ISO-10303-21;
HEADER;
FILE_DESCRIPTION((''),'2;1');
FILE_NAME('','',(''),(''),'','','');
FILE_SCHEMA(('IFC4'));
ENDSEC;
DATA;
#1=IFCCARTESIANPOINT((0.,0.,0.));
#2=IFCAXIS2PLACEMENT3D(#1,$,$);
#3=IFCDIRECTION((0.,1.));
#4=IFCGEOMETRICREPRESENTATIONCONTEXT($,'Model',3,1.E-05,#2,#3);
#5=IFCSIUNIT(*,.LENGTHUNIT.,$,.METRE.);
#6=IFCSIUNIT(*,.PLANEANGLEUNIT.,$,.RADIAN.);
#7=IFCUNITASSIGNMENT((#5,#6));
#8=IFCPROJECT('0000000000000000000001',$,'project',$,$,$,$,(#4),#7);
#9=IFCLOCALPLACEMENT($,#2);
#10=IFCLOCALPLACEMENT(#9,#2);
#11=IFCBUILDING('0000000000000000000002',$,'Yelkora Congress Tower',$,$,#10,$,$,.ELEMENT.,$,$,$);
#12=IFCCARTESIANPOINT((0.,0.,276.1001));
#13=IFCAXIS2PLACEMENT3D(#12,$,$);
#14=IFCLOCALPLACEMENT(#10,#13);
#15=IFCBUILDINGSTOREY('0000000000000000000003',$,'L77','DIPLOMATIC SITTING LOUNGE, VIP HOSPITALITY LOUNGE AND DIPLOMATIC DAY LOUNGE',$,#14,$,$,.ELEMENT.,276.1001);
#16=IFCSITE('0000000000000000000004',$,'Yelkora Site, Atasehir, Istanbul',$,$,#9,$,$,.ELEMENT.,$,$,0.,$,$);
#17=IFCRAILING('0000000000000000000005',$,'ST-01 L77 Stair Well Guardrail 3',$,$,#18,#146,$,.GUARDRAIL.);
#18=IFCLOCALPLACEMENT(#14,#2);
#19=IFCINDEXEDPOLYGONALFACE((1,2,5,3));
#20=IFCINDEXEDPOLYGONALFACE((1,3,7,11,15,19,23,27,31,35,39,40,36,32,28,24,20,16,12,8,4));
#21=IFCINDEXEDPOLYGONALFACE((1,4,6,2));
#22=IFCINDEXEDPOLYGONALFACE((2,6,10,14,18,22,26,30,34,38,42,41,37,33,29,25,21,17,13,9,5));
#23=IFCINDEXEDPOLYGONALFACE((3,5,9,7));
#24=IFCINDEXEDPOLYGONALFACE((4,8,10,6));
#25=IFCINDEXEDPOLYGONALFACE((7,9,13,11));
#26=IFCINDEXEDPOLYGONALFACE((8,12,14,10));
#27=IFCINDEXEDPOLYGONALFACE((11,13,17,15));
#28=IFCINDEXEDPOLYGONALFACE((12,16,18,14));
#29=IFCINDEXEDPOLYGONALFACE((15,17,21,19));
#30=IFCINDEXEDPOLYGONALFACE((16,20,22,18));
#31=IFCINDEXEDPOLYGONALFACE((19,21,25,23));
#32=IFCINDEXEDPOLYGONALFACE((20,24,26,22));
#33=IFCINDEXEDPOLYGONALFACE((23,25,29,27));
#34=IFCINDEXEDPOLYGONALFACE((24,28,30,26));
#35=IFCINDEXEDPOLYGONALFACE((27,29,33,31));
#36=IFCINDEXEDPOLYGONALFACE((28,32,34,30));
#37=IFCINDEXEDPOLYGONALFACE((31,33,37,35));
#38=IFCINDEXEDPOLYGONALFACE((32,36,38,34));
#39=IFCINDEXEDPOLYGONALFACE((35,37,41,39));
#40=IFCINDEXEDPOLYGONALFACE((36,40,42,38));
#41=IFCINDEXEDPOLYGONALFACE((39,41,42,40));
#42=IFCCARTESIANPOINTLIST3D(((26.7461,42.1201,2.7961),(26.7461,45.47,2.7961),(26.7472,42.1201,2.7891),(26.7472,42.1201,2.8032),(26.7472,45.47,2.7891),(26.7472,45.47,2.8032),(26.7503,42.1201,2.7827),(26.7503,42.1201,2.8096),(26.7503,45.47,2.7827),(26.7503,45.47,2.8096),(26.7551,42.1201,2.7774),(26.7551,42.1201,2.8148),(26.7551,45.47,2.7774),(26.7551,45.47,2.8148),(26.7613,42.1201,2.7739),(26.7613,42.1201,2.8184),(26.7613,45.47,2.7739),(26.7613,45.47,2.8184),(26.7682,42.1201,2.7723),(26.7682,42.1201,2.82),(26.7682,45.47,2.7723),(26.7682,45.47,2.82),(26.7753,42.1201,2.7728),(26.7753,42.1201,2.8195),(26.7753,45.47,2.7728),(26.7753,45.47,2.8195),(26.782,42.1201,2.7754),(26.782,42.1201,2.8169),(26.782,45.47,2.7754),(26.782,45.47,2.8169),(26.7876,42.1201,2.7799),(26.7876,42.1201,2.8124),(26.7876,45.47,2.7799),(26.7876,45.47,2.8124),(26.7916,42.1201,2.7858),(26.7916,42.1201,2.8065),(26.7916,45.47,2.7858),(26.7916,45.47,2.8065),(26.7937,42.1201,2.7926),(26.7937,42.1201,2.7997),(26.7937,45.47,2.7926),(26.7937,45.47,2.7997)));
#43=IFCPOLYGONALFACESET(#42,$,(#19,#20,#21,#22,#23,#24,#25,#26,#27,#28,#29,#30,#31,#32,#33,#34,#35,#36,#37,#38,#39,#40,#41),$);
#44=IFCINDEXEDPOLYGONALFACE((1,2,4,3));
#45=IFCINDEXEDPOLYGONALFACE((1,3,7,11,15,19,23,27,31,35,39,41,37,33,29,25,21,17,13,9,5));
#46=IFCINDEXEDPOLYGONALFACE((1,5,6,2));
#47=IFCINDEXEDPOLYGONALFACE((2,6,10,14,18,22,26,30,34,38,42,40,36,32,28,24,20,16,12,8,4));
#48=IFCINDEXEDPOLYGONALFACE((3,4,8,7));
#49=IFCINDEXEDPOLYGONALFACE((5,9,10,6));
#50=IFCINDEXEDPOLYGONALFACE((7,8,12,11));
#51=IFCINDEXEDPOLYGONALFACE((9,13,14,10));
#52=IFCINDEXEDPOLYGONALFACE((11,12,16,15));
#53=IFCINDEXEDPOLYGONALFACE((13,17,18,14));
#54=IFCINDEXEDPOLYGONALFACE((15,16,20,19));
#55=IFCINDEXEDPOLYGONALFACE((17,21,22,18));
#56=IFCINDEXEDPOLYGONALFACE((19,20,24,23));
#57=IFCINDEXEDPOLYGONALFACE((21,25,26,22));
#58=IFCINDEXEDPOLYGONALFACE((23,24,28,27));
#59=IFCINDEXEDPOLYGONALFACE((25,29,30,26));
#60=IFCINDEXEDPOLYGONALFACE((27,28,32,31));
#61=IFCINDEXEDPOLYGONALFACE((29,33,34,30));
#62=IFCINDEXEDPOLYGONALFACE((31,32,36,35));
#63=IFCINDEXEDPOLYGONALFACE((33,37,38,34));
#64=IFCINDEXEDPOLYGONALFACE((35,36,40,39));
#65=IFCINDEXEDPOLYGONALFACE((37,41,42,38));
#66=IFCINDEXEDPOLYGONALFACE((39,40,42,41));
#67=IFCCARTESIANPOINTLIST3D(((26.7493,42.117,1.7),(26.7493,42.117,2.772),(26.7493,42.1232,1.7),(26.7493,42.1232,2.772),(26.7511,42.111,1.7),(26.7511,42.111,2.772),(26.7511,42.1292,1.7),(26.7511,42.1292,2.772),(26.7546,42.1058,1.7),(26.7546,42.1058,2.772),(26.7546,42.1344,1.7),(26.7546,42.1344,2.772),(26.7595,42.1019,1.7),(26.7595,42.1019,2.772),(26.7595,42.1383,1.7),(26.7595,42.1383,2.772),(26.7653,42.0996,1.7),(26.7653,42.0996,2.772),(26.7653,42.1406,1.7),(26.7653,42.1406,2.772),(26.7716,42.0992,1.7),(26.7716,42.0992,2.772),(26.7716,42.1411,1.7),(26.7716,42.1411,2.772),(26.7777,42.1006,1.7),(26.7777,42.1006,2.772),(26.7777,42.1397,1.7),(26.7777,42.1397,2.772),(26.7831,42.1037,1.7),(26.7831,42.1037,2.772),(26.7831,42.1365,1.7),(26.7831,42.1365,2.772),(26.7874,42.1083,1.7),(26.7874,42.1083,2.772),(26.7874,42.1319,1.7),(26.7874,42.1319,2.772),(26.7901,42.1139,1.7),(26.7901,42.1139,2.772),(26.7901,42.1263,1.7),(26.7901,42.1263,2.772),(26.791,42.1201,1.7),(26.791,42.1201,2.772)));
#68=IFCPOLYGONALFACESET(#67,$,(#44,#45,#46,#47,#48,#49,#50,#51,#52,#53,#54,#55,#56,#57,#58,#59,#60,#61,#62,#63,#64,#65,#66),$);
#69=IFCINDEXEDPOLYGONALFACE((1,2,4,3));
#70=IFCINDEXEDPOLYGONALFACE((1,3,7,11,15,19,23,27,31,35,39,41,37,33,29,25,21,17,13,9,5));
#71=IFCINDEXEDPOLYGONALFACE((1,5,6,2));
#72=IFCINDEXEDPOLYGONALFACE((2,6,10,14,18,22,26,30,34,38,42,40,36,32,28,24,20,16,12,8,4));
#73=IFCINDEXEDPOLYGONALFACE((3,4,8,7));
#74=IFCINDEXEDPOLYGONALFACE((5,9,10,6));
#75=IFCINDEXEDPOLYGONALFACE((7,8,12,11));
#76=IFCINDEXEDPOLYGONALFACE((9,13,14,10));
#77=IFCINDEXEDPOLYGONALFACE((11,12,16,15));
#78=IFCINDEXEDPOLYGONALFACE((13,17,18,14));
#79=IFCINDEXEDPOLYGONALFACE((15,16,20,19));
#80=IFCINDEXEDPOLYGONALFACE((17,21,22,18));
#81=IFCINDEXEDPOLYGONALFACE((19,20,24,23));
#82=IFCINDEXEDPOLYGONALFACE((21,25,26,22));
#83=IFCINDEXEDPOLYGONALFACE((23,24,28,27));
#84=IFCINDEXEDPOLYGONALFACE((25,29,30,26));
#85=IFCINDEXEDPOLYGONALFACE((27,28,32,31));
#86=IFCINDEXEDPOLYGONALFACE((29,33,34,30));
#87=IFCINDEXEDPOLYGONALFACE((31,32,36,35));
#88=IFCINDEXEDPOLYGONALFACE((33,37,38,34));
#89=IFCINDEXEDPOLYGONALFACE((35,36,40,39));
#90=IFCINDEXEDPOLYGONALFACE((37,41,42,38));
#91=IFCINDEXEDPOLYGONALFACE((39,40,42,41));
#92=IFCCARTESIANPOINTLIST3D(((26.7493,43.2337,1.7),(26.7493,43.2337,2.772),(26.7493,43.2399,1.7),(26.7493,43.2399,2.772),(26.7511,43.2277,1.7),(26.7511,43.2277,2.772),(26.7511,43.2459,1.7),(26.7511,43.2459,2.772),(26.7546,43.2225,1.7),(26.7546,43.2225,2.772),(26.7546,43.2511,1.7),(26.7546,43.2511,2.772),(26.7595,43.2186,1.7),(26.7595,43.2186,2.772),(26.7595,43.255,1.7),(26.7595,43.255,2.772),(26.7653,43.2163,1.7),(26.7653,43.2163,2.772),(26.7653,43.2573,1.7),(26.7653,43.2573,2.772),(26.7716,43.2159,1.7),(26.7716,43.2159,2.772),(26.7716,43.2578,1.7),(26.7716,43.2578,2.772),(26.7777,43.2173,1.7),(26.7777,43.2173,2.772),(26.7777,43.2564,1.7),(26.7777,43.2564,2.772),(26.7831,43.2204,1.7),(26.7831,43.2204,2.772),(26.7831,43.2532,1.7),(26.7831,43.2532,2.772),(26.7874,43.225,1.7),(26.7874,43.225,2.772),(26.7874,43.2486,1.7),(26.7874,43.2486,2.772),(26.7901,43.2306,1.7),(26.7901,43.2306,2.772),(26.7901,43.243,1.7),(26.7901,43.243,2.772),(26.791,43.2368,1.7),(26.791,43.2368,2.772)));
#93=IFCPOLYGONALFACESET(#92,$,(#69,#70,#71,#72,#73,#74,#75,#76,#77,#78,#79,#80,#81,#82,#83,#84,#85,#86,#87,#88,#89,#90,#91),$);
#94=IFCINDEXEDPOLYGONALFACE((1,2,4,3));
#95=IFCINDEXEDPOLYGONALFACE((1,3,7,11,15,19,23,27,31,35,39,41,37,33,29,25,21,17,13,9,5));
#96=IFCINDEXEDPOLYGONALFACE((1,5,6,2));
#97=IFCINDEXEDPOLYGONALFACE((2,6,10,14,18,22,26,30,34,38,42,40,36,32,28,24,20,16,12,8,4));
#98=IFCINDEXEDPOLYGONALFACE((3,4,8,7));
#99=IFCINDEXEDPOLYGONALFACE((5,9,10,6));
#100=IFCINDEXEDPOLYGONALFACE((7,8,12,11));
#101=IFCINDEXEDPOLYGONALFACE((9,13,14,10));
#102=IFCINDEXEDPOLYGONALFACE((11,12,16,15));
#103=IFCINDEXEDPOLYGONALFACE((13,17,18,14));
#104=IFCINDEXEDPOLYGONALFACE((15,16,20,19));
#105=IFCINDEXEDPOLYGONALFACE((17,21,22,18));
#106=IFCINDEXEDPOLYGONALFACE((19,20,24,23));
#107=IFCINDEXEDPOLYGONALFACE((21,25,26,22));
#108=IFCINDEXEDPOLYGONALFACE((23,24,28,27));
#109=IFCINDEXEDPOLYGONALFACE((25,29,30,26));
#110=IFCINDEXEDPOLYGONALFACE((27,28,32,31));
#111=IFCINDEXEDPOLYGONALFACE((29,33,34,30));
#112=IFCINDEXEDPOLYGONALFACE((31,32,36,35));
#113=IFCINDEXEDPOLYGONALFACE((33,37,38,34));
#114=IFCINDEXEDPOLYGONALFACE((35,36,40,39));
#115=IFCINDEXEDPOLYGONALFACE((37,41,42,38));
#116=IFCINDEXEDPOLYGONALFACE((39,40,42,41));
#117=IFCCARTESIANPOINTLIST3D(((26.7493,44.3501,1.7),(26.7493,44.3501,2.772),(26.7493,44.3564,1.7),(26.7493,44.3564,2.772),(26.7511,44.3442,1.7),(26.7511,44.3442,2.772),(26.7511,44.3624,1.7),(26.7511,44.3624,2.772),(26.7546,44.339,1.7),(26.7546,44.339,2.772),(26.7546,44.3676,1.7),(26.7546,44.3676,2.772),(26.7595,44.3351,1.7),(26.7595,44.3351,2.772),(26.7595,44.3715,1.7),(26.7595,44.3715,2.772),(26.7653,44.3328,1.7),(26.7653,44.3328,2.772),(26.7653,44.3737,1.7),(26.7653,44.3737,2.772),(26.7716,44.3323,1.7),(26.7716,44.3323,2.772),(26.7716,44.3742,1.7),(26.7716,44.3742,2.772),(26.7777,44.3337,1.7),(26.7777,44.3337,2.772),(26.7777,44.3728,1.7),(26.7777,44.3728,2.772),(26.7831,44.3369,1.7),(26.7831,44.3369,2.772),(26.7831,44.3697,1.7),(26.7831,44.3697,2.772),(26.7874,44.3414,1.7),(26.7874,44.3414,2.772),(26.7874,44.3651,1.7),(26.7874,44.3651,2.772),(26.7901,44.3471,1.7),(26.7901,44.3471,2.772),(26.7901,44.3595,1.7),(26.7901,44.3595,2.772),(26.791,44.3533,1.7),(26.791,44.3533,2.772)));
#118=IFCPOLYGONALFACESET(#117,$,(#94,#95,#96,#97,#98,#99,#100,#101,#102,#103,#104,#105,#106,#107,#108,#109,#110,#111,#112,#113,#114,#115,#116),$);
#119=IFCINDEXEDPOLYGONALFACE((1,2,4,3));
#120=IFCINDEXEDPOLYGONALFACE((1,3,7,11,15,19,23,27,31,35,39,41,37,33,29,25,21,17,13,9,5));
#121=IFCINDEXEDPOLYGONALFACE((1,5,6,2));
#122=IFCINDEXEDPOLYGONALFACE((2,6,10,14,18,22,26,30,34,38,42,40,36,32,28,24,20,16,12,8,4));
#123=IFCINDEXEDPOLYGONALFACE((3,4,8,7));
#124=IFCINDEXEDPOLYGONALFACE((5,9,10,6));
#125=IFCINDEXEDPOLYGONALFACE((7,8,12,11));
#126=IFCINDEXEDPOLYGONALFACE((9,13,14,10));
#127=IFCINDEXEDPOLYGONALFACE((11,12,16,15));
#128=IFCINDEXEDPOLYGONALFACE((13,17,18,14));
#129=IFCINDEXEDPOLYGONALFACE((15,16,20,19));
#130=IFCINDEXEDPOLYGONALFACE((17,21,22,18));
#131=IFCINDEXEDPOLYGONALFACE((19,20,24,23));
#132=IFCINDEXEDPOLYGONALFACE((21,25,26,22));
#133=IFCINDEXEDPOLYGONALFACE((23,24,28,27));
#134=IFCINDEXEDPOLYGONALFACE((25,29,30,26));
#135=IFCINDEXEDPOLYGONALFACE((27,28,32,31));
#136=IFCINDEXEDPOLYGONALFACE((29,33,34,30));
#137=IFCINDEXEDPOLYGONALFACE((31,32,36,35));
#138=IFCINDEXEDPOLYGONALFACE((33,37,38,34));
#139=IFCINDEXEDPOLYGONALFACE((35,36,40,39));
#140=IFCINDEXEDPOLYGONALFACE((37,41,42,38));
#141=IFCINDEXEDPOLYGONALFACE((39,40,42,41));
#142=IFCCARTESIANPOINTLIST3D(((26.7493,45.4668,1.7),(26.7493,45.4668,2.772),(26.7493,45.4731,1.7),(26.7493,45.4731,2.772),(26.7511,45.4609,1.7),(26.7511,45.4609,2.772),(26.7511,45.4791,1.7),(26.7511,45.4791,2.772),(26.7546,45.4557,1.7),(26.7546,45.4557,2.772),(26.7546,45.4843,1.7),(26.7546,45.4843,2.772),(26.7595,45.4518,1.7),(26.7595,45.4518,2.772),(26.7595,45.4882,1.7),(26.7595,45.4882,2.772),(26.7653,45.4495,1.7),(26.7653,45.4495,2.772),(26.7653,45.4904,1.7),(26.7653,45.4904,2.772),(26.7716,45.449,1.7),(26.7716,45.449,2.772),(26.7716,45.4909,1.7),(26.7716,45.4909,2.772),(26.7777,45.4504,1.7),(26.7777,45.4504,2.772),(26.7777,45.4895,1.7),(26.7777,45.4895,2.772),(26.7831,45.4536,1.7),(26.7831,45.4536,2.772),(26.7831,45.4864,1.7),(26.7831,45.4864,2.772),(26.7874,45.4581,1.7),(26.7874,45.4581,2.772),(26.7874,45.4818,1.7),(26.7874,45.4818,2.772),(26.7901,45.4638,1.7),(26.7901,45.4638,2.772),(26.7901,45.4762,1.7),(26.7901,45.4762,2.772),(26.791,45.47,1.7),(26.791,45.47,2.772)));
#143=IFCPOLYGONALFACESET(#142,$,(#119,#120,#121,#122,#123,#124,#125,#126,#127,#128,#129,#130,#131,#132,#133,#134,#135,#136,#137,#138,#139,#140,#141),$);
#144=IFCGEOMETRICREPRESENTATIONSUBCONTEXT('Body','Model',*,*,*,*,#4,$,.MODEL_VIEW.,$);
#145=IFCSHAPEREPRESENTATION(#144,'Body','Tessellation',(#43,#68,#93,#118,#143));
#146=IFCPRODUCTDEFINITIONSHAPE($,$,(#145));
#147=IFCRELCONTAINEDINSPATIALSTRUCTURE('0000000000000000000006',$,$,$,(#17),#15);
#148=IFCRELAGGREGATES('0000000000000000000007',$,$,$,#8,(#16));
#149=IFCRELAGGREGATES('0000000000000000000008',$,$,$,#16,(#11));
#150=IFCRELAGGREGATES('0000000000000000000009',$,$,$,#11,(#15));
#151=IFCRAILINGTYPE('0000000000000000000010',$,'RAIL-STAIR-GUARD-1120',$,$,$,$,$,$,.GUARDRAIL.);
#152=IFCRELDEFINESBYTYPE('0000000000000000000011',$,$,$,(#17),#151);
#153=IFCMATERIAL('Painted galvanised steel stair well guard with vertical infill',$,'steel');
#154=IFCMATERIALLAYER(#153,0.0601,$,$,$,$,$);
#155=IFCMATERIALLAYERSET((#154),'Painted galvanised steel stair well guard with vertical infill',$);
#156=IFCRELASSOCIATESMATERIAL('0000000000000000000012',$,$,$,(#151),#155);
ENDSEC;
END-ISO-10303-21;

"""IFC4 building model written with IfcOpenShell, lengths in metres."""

from ifc_helpers import new_model, si_unit, direction, frame, origin, origin_2d, place, context, subcontext, project, spatial, circle, extrude, material, layer, layer_set, type_object, element, save


model = new_model("IFC4")

# Units and contexts
model_context = context("Model", 3, precision=1e-05, world=origin(), true_north=direction((0.0, 1.0)))
body_context = subcontext(model_context, "Body", "Model", "MODEL_VIEW")
ifc_project = project(units=[si_unit("LENGTHUNIT", "METRE"), si_unit("PLANEANGLEUNIT", "RADIAN")], contexts=[model_context])

# Site, building, storey
site_placement = place(None, origin())
site = spatial("IfcSite", under=ifc_project, at=site_placement, Name="Yelkora Site, Atasehir, Istanbul", CompositionType="ELEMENT", RefElevation=0.0)
building_placement = place(site_placement, origin())
building = spatial("IfcBuilding", under=site, at=building_placement, Name="Yelkora Congress Tower", CompositionType="ELEMENT")
storey_placement = place(building_placement, frame((0.0, 0.0, 276.1001)))
storey = spatial("IfcBuildingStorey", under=building, at=storey_placement, Name="L77", Description="DIPLOMATIC SITTING LOUNGE, VIP HOSPITALITY LOUNGE AND DIPLOMATIC DAY LOUNGE", CompositionType="ELEMENT", Elevation=276.1001)

# Railing
ifc_material_1 = material(Name="Painted galvanised steel stair well guard with vertical infill", Category="steel")
ifc_layer_1 = layer(ifc_material_1, 0.0601)
ifc_layer_set_1 = layer_set([ifc_layer_1], Name="Painted galvanised steel stair well guard with vertical infill")
railing_type_1 = type_object("IfcRailingType", Name="RAIL-STAIR-GUARD-1120", PredefinedType="GUARDRAIL", material=ifc_layer_set_1)
for number, where, name in (
    (1, (26.77, 42.1201, 1.7), "ST-01 L77 Stair Well Guardrail 3"),
):
    element("IfcRailing", number, at=place(storey_placement, frame(where)), inside=storey, type_object=railing_type_1, Name=name, PredefinedType="GUARDRAIL", context=body_context, shape_type="SweptSolid", body=[
        extrude(circle(Radius=0.0239, at=origin_2d()), frame((0.0, 0.0, 1.0962), z_axis=(0.0, 1.0, 0.0), x_axis=(-1.0, 0.0, 0.0)), (0.0, 0.0, 1.0), 3.3499),
        extrude(circle(Radius=0.021, at=origin_2d()), origin(), (0.0, 0.0, 1.0), 1.072),
        extrude(circle(Radius=0.021, at=origin_2d()), frame((0.0, 1.1167, 0.0)), (0.0, 0.0, 1.0), 1.072),
        extrude(circle(Radius=0.021, at=origin_2d()), frame((0.0, 2.2332, 0.0)), (0.0, 0.0, 1.0), 1.072),
        extrude(circle(Radius=0.021, at=origin_2d()), frame((0.0, 3.3499, 0.0)), (0.0, 0.0, 1.0), 1.072),
    ])

save(model, "model.ifc")
